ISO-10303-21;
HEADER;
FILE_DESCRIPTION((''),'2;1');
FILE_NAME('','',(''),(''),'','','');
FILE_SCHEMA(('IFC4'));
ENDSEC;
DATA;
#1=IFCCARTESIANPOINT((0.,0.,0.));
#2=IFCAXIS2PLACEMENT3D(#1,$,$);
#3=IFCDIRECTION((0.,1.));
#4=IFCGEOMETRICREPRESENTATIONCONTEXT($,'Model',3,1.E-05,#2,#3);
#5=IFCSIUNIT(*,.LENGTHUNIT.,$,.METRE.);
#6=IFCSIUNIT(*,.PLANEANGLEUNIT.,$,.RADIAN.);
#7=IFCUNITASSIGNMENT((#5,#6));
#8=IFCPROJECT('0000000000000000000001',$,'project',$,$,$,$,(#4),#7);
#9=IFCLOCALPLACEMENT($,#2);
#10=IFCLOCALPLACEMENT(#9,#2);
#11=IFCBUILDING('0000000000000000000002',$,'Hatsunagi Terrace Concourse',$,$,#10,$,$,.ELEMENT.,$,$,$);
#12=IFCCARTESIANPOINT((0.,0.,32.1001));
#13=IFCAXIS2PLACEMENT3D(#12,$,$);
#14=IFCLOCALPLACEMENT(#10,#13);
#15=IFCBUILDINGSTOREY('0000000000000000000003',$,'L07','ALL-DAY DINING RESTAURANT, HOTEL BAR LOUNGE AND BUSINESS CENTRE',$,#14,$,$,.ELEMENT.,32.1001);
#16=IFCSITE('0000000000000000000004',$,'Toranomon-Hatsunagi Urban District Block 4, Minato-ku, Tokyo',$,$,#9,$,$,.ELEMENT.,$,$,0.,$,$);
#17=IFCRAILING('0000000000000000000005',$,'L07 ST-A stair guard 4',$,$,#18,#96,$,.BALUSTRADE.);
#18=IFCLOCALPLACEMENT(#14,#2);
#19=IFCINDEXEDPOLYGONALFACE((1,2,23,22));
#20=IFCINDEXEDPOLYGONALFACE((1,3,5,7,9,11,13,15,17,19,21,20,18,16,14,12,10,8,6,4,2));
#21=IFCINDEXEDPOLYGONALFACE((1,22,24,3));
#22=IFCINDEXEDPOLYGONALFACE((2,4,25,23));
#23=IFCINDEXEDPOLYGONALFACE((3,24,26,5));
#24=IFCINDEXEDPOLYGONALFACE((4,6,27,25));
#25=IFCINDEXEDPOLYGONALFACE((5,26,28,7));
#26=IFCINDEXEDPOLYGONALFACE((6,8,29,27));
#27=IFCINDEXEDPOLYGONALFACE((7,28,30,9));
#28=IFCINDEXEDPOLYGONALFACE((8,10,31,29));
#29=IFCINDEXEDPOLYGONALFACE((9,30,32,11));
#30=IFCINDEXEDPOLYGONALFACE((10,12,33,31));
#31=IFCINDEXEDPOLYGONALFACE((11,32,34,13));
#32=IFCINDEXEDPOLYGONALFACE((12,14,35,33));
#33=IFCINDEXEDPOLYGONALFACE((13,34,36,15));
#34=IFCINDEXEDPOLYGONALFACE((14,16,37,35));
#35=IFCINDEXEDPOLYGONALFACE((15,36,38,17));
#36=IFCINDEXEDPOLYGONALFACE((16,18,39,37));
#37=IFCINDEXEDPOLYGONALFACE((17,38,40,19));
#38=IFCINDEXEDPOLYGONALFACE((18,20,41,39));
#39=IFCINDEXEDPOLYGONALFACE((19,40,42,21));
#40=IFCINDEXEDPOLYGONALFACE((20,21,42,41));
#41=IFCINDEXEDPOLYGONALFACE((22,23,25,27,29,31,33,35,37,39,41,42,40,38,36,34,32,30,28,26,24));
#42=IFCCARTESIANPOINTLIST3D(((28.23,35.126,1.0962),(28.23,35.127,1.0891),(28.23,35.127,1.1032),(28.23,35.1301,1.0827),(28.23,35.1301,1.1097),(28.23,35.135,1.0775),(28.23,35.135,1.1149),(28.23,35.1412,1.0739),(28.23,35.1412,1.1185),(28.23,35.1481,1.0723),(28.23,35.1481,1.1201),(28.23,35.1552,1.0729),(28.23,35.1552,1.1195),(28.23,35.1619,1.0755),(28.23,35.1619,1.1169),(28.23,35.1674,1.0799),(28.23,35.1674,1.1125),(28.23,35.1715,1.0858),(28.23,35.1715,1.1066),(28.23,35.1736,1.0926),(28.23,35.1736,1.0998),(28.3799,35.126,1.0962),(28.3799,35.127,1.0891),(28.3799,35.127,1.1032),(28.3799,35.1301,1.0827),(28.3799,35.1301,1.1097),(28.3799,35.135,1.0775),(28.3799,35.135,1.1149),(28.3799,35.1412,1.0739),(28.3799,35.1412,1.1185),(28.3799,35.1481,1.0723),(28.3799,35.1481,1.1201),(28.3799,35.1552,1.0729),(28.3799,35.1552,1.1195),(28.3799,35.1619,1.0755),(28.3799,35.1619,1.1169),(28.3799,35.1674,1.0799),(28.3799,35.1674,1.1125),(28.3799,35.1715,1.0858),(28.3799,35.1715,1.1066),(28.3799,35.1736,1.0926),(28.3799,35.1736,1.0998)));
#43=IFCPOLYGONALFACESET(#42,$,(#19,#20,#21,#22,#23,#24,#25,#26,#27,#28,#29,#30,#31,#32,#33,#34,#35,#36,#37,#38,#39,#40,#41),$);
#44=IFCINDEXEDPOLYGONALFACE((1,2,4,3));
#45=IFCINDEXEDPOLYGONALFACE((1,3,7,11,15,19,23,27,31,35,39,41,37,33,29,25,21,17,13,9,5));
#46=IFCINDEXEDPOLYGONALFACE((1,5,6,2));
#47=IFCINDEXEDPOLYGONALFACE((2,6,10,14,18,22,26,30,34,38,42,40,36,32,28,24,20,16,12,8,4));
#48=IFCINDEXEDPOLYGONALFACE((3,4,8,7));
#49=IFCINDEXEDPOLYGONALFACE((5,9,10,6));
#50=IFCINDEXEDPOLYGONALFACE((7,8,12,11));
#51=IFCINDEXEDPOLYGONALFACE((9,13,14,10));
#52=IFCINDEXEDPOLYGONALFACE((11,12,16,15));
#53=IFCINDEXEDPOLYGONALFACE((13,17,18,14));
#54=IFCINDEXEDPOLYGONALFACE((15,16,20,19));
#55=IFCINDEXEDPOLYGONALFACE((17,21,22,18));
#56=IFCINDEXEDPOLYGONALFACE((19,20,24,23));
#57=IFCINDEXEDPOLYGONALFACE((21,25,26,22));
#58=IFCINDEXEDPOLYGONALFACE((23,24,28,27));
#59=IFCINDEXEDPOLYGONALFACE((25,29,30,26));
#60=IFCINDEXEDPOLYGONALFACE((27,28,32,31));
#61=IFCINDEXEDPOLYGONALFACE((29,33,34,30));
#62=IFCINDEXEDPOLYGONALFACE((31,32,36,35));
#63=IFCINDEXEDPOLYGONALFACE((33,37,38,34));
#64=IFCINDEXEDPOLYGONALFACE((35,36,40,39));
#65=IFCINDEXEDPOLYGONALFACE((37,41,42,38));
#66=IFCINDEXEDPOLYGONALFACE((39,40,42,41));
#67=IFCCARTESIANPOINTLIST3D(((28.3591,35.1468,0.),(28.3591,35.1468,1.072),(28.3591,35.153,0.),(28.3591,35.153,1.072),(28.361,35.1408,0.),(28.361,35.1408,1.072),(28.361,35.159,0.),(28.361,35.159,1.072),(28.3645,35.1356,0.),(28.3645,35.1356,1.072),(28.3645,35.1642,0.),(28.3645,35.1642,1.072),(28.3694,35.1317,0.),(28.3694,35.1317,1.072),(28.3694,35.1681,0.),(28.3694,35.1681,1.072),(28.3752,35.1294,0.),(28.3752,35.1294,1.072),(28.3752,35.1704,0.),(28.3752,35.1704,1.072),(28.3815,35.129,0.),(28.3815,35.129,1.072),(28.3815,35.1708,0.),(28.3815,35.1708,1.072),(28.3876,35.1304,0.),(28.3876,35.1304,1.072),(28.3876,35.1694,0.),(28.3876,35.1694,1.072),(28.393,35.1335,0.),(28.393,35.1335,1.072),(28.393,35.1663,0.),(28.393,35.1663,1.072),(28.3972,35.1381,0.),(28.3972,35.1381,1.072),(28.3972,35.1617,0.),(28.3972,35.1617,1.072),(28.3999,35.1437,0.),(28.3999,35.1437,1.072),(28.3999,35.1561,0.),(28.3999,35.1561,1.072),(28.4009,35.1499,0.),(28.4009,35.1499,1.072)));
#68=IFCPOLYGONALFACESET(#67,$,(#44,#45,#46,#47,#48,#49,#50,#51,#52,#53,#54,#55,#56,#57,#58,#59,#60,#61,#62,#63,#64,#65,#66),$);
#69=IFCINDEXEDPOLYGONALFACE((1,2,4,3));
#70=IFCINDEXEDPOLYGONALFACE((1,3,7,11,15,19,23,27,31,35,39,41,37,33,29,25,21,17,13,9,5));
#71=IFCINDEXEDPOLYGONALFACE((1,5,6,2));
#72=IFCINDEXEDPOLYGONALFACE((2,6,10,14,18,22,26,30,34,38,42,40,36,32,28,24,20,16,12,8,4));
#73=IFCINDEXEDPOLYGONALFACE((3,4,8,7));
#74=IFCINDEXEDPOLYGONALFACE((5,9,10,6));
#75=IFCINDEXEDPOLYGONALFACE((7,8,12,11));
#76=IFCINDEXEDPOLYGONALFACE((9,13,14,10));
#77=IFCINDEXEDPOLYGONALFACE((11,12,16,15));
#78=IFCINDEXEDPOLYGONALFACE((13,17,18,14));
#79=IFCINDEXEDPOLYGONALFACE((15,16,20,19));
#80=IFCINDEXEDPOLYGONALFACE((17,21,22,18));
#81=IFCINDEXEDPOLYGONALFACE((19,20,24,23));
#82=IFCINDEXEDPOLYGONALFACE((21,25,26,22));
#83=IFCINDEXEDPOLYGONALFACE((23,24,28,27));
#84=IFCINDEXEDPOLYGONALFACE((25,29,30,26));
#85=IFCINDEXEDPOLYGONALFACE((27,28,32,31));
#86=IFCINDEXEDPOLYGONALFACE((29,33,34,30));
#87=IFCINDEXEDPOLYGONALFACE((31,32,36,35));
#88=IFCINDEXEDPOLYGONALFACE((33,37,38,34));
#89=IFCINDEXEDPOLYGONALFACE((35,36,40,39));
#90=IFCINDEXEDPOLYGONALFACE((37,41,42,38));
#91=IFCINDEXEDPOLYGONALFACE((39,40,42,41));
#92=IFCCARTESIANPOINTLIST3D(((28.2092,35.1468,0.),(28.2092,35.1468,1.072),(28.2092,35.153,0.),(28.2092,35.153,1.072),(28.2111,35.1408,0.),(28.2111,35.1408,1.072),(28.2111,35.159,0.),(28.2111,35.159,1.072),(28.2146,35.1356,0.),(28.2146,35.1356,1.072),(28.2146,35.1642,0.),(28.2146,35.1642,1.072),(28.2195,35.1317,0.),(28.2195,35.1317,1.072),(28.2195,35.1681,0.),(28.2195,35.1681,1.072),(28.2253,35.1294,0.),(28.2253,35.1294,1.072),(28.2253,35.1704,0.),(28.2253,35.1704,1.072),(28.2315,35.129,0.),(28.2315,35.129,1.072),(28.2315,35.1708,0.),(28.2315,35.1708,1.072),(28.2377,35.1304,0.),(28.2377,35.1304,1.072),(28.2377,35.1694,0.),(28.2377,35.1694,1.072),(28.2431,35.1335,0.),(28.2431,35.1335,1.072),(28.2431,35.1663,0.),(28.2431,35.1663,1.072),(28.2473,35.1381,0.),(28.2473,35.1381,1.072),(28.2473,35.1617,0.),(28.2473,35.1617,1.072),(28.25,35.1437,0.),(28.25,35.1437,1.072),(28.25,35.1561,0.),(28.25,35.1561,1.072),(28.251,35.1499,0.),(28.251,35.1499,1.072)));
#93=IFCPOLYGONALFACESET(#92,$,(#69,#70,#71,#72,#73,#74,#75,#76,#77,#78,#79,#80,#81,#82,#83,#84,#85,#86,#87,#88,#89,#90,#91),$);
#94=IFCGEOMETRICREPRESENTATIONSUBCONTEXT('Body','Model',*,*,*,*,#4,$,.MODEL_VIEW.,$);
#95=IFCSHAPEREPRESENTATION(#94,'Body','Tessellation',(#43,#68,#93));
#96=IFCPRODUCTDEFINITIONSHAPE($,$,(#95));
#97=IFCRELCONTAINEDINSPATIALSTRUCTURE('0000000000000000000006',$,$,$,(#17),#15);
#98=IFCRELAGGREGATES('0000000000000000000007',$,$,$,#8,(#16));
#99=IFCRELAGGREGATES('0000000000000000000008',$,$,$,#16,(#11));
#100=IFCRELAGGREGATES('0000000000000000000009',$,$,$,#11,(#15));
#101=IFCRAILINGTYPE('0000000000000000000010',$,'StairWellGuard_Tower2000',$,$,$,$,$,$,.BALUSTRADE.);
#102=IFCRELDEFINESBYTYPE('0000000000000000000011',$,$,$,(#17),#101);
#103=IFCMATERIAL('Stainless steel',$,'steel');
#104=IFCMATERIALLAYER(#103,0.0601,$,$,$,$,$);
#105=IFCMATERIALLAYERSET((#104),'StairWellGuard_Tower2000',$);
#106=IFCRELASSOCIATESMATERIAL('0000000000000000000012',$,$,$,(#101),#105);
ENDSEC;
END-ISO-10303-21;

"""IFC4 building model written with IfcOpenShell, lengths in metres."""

from ifc_helpers import new_model, si_unit, direction, frame, origin, origin_2d, place, context, subcontext, project, spatial, circle, extrude, material, layer, layer_set, type_object, element, save


model = new_model("IFC4")

# Units and contexts
model_context = context("Model", 3, precision=1e-05, world=origin(), true_north=direction((0.0, 1.0)))
body_context = subcontext(model_context, "Body", "Model", "MODEL_VIEW")
ifc_project = project(units=[si_unit("LENGTHUNIT", "METRE"), si_unit("PLANEANGLEUNIT", "RADIAN")], contexts=[model_context])

# Site, building, storey
site_placement = place(None, origin())
site = spatial("IfcSite", under=ifc_project, at=site_placement, Name="Toranomon-Hatsunagi Urban District Block 4, Minato-ku, Tokyo", CompositionType="ELEMENT", RefElevation=0.0)
building_placement = place(site_placement, origin())
building = spatial("IfcBuilding", under=site, at=building_placement, Name="Hatsunagi Terrace Concourse", CompositionType="ELEMENT")
storey_placement = place(building_placement, frame((0.0, 0.0, 32.1001)))
storey = spatial("IfcBuildingStorey", under=building, at=storey_placement, Name="L07", Description="ALL-DAY DINING RESTAURANT, HOTEL BAR LOUNGE AND BUSINESS CENTRE", CompositionType="ELEMENT", Elevation=32.1001)

# Railing
ifc_material_1 = material(Name="Stainless steel", Category="steel")
ifc_layer_1 = layer(ifc_material_1, 0.0601)
ifc_layer_set_1 = layer_set([ifc_layer_1], Name="StairWellGuard_Tower2000")
railing_type_1 = type_object("IfcRailingType", Name="StairWellGuard_Tower2000", PredefinedType="BALUSTRADE", material=ifc_layer_set_1)
railing_1_placement = place(storey_placement, frame((28.3799, 35.1499, 0.0)))
element("IfcRailing", 1, at=railing_1_placement, inside=storey, type_object=railing_type_1, Name="L07 ST-A stair guard 4", PredefinedType="BALUSTRADE", context=body_context, shape_type="SweptSolid", body=[
    extrude(circle(Radius=0.0239, at=origin_2d()), frame((0.0, 0.0, 1.0962), z_axis=(-1.0, 0.0, 0.0), x_axis=(0.0, -1.0, 0.0)), (0.0, 0.0, 1.0), 0.1499),
    extrude(circle(Radius=0.021, at=origin_2d()), origin(), (0.0, 0.0, 1.0), 1.072),
    extrude(circle(Radius=0.021, at=origin_2d()), frame((-0.1499, 0.0, 0.0)), (0.0, 0.0, 1.0), 1.072),
])

save(model, "model.ifc")
